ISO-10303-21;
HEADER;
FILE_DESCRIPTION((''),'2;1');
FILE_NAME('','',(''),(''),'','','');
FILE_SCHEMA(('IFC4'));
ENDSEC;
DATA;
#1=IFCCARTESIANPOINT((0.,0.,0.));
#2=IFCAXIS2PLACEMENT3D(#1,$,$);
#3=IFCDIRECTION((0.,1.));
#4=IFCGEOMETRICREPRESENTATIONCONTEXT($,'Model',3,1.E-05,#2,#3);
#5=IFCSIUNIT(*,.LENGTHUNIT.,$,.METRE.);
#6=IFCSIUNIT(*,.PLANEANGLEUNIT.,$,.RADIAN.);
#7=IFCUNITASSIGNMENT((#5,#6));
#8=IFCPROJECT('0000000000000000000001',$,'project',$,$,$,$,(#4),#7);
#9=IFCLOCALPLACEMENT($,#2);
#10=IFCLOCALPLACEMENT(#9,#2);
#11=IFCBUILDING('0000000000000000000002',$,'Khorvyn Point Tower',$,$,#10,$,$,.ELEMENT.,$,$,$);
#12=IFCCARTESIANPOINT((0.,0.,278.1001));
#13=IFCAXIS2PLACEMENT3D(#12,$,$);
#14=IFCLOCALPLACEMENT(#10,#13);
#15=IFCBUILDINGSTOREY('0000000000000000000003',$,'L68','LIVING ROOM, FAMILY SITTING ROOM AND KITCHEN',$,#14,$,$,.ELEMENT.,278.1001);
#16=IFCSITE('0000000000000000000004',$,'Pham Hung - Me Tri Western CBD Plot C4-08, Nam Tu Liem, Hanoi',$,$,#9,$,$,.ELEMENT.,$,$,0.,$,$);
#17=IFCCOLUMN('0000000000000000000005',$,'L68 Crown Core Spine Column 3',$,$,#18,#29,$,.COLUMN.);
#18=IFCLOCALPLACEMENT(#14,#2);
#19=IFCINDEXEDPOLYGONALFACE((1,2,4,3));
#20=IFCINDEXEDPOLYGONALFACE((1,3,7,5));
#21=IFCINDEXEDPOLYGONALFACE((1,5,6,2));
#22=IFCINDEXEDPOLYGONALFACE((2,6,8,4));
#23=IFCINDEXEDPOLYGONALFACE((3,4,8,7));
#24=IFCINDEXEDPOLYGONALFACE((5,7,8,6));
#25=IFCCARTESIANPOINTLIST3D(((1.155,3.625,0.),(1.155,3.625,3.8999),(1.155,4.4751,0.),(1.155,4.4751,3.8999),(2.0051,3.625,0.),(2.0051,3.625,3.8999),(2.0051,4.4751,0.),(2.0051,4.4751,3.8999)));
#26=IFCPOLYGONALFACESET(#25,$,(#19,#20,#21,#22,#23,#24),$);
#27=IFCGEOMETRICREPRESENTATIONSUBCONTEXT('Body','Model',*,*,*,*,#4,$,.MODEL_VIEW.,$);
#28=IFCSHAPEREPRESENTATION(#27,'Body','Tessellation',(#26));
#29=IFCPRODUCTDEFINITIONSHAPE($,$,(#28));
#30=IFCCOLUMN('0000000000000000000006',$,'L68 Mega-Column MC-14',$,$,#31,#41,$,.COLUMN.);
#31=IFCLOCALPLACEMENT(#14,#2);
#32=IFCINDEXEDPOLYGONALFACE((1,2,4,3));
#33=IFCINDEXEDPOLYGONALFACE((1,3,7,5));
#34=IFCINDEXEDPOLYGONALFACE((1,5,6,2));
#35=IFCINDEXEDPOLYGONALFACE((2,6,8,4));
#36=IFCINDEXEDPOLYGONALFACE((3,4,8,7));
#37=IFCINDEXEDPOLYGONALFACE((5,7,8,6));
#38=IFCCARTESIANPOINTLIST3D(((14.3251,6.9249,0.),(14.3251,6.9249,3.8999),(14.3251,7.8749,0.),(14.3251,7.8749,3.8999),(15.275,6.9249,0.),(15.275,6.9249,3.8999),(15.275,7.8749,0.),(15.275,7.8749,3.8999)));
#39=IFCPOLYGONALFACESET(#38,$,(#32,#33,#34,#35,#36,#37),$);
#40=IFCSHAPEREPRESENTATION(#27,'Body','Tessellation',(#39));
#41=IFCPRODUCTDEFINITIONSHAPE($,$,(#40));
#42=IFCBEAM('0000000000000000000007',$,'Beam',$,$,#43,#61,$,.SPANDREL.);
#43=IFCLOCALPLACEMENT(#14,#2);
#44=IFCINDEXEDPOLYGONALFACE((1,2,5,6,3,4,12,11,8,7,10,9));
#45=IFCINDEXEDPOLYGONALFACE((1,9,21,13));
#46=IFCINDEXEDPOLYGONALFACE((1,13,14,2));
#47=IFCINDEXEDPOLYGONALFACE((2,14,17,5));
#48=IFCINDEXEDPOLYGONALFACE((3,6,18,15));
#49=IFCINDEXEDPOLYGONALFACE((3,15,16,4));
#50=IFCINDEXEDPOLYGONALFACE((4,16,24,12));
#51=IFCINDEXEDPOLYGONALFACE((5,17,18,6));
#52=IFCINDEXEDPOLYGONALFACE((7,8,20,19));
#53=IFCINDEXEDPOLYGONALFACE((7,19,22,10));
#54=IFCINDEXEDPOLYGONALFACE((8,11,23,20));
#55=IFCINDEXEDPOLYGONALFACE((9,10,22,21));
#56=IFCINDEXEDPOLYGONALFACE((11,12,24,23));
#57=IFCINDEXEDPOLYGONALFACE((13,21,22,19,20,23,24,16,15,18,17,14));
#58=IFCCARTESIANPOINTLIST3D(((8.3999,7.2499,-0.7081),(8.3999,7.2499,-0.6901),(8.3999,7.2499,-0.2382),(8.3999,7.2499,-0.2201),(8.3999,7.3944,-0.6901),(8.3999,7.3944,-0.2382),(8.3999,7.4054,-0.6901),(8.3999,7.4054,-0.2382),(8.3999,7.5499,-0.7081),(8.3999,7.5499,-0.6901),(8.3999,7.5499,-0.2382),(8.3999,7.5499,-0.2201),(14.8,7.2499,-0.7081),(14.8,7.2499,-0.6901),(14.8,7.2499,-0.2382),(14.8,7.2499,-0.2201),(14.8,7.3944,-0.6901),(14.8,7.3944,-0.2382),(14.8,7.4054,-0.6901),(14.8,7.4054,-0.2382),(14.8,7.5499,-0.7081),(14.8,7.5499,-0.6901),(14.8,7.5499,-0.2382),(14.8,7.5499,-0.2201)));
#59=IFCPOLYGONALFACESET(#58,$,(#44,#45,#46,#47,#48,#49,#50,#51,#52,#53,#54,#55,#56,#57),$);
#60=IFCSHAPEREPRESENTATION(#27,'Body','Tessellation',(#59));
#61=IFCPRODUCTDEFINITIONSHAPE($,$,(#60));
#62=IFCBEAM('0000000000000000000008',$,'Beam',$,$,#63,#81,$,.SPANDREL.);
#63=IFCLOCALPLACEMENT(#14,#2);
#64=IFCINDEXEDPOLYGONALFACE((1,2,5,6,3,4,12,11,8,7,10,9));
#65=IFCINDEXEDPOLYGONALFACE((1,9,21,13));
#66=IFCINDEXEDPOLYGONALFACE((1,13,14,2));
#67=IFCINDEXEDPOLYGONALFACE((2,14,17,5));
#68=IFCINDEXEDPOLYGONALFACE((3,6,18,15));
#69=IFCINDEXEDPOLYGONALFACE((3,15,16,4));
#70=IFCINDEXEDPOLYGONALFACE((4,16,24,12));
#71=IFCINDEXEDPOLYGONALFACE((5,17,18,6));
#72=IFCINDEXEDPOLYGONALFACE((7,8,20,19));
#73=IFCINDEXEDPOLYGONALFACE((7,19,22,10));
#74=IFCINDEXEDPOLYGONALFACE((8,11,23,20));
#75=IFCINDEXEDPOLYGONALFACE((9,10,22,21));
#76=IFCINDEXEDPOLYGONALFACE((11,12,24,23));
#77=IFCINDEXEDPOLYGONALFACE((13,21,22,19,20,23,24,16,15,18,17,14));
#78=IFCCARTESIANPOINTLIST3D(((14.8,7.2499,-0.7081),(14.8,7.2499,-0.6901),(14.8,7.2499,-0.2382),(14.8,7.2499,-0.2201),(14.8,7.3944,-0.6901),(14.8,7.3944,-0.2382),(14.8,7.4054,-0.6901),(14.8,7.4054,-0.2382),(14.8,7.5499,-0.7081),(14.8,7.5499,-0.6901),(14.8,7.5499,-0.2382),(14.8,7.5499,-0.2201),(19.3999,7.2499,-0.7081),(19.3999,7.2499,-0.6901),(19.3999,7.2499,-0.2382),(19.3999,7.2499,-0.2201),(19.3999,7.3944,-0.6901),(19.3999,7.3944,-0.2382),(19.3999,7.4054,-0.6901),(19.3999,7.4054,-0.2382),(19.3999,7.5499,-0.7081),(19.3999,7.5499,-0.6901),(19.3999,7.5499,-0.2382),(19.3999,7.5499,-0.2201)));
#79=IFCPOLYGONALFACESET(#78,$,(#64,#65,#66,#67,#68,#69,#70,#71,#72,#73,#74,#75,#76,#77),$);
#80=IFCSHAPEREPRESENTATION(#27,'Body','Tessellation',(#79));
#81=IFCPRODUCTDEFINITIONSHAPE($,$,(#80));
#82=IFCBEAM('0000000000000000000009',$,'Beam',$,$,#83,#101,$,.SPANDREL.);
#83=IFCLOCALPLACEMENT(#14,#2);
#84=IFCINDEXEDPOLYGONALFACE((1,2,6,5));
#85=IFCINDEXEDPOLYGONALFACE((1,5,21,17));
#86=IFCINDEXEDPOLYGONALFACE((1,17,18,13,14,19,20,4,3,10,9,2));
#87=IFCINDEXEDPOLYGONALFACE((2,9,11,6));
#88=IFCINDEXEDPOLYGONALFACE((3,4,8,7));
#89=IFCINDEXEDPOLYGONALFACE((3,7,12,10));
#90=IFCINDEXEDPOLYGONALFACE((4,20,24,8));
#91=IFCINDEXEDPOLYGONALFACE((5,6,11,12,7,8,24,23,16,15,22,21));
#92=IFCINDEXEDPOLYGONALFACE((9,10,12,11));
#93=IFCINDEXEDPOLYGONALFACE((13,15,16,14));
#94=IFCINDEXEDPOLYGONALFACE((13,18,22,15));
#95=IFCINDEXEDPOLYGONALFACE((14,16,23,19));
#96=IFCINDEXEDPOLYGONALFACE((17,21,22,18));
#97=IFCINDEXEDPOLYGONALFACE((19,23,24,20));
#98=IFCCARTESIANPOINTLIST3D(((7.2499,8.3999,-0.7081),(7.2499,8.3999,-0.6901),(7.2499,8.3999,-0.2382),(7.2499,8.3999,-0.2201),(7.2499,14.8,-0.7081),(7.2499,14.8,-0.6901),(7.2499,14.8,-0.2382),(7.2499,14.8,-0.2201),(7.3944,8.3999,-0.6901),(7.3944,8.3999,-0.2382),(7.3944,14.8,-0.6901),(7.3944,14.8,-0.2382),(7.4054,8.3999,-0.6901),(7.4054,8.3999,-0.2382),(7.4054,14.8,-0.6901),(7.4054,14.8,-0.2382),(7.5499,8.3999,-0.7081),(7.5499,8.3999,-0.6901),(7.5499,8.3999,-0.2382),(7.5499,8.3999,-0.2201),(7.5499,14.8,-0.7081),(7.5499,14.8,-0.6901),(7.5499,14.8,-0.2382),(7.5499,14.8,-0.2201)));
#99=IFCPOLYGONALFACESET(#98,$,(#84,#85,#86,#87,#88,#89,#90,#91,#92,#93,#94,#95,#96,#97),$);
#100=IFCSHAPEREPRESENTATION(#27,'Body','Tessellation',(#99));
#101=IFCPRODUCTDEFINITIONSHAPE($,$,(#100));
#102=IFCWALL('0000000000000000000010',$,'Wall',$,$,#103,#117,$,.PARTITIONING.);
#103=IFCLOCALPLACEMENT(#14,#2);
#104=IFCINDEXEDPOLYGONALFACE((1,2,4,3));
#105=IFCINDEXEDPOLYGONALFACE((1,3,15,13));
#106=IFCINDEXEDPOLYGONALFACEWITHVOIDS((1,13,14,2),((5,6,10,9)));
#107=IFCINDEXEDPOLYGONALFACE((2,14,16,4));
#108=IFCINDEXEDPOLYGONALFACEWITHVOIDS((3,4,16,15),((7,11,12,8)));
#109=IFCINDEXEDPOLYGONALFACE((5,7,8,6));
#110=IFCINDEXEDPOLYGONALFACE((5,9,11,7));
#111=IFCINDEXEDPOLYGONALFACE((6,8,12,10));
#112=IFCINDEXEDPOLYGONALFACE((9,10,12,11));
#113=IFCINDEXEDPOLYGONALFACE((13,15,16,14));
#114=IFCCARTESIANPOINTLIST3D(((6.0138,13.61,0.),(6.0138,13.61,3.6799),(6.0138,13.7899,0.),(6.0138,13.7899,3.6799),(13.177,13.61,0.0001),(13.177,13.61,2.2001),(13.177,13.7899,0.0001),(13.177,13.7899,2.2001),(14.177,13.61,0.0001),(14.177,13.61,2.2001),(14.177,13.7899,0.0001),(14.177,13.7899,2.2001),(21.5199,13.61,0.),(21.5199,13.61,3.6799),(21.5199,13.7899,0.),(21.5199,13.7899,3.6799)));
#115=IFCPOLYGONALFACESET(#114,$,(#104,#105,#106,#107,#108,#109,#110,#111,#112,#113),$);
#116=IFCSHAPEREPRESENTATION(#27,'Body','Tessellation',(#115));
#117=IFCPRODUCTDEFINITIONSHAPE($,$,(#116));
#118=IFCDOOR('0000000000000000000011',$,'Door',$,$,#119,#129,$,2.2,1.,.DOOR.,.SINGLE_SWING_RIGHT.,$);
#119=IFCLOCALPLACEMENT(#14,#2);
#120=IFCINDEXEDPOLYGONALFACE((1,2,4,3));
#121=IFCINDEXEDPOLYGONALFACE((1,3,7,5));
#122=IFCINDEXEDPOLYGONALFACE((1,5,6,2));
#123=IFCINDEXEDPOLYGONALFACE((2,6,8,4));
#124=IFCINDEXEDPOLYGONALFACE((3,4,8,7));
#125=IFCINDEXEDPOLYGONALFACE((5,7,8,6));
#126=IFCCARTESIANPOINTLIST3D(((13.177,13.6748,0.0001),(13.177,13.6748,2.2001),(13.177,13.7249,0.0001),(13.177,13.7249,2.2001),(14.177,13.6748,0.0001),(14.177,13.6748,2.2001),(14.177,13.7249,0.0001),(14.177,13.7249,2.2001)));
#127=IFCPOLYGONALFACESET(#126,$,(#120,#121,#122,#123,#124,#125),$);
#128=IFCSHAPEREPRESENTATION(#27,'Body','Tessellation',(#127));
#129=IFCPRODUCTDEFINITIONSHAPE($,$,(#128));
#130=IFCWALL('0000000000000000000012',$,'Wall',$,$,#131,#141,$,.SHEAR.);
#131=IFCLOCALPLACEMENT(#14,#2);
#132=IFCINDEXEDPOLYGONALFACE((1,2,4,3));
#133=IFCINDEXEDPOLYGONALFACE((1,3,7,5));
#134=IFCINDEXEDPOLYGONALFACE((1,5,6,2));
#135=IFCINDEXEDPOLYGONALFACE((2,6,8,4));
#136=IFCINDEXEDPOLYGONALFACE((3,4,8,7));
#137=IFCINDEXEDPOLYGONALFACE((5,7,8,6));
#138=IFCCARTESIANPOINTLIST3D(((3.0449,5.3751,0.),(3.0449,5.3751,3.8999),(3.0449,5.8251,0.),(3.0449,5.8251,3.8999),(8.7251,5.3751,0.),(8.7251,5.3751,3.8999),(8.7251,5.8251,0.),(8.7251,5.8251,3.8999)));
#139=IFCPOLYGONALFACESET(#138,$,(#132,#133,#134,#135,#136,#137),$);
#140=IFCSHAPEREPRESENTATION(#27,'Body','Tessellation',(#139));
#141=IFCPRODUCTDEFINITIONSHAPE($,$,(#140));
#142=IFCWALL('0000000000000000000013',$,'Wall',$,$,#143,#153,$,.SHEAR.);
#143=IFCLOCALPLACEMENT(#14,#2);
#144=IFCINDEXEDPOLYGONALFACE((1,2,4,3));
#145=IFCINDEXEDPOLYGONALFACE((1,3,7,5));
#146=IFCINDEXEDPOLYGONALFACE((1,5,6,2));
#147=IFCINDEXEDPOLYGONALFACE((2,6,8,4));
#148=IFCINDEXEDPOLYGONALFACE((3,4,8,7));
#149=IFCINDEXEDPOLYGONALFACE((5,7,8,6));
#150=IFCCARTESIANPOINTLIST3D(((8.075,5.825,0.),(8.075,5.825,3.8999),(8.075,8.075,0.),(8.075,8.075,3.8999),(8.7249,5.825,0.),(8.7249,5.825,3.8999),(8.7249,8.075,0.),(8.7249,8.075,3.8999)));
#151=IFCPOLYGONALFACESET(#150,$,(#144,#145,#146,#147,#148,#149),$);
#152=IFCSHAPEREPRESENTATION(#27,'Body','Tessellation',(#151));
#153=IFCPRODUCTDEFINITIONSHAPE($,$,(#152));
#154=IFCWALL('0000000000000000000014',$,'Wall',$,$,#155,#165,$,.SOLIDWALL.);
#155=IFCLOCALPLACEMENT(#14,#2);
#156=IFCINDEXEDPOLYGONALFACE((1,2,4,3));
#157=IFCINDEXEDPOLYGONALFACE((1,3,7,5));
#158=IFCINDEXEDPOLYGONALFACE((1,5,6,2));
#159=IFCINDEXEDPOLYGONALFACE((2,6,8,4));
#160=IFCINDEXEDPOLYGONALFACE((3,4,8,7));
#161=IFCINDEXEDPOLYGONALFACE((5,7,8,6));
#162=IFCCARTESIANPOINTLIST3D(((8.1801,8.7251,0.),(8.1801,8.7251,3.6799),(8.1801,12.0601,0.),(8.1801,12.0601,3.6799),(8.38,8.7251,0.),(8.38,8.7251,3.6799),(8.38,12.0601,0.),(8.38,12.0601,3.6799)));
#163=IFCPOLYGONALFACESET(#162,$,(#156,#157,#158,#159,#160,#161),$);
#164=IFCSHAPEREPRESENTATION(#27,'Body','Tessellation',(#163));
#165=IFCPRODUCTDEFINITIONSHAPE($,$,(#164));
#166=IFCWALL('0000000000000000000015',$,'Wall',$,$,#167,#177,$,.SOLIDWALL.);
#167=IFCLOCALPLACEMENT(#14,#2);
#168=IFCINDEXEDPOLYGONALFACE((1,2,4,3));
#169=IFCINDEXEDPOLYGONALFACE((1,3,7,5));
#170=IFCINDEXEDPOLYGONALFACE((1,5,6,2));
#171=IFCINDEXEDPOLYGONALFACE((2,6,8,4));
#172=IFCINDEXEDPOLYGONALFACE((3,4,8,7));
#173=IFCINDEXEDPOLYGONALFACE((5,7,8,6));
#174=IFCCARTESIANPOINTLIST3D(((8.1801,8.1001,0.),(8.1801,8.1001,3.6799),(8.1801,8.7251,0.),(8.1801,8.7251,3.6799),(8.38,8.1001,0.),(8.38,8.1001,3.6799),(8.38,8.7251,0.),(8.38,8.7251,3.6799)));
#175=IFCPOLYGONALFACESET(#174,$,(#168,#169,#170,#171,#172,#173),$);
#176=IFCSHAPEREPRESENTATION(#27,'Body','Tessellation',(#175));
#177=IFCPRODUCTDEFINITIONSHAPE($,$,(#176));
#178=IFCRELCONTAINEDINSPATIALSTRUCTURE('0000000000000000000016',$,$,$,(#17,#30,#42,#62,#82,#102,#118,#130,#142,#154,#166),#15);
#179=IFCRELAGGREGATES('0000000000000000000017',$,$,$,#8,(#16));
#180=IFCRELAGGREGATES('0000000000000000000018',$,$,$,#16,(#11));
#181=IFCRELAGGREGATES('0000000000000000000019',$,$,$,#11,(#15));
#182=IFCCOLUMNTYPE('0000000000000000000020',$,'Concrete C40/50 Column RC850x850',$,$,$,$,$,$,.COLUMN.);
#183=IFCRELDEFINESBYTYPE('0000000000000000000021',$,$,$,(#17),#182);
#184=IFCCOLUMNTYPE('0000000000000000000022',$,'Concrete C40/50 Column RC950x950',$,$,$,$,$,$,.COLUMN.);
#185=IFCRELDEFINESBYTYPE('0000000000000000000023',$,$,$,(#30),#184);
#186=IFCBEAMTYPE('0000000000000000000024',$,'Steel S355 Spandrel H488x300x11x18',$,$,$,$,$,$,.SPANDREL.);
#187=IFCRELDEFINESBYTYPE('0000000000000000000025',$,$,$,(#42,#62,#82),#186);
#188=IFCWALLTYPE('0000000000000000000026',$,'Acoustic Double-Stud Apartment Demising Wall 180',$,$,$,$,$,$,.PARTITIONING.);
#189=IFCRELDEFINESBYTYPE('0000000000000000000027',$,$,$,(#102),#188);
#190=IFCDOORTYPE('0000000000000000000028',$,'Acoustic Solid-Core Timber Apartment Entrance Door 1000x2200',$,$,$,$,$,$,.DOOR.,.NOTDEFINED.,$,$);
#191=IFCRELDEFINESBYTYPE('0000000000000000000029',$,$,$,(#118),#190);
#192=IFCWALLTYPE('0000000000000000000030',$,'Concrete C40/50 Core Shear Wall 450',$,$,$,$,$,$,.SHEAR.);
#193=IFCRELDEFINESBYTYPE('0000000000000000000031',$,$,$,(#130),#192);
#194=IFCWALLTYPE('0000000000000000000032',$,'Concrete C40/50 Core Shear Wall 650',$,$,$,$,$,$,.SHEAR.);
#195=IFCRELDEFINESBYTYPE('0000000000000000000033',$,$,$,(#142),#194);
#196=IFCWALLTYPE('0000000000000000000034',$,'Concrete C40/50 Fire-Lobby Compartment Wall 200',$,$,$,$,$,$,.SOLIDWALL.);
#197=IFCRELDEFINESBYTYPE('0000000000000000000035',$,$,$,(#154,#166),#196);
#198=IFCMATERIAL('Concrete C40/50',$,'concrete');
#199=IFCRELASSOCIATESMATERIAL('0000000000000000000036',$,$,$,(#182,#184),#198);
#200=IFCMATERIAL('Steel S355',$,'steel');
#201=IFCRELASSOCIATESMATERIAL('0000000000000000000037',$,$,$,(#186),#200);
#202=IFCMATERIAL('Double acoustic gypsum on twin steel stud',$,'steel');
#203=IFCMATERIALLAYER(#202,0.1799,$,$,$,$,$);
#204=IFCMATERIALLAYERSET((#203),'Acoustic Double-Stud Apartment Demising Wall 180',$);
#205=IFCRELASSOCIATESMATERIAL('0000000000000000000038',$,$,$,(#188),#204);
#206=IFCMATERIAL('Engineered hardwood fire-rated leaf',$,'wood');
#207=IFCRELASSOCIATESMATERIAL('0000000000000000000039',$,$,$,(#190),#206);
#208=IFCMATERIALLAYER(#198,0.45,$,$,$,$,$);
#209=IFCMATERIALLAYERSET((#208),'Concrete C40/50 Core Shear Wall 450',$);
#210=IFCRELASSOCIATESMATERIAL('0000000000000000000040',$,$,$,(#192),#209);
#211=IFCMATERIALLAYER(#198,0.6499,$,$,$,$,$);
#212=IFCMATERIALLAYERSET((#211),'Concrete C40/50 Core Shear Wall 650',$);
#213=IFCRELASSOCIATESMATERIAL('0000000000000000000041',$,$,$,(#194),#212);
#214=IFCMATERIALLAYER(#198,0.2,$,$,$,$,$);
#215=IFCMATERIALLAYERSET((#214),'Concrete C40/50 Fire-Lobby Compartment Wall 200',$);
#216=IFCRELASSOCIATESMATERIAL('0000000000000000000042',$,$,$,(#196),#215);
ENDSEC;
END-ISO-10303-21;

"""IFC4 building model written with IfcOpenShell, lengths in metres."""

from ifc_helpers import new_model, si_unit, direction, frame, frame_2d, origin, origin_2d, place, context, subcontext, project, spatial, rectangle, i_section, extrude, material, layer, layer_set, material_profile, profile_set, type_object, element, fill, save


model = new_model("IFC4")

# Units and contexts
model_context = context("Model", 3, precision=1e-05, world=origin(), true_north=direction((0.0, 1.0)))
body_context = subcontext(model_context, "Body", "Model", "MODEL_VIEW")
ifc_project = project(units=[si_unit("LENGTHUNIT", "METRE"), si_unit("PLANEANGLEUNIT", "RADIAN")], contexts=[model_context])

# Site, building, storey
site_placement = place(None, origin())
site = spatial("IfcSite", under=ifc_project, at=site_placement, Name="Pham Hung - Me Tri Western CBD Plot C4-08, Nam Tu Liem, Hanoi", CompositionType="ELEMENT", RefElevation=0.0)
building_placement = place(site_placement, origin())
building = spatial("IfcBuilding", under=site, at=building_placement, Name="Khorvyn Point Tower", CompositionType="ELEMENT")
storey_placement = place(building_placement, frame((0.0, 0.0, 278.1001)))
storey = spatial("IfcBuildingStorey", under=building, at=storey_placement, Name="L68", Description="LIVING ROOM, FAMILY SITTING ROOM AND KITCHEN", CompositionType="ELEMENT", Elevation=278.1001)

# Columns
ifc_material_1 = material(Name="Concrete C40/50", Category="concrete")
ifc_material_profile_1 = material_profile(ifc_material_1, rectangle(XDim=0.8501, YDim=0.8501, at=origin_2d()))
ifc_profile_set_1 = profile_set([ifc_material_profile_1], Name="Concrete C40/50 RC850x850")
column_type_1 = type_object("IfcColumnType", Name="Concrete C40/50 Column RC850x850", PredefinedType="COLUMN", material=ifc_profile_set_1)
column_1_placement = place(storey_placement, frame((1.5801, 4.05, 0.0), z_axis=(0.0, 0.0, 1.0), x_axis=(1.0, 0.0, 0.0)))
element("IfcColumn", 1, at=column_1_placement, inside=storey, type_object=column_type_1, Name="L68 Crown Core Spine Column 3", PredefinedType="COLUMN", context=body_context, shape_type="SweptSolid", body=[
    extrude(rectangle(XDim=0.8501, YDim=0.8501, at=origin_2d()), origin(), (0.0, 0.0, 1.0), 3.8999),
])
ifc_material_profile_2 = material_profile(ifc_material_1, rectangle(XDim=0.95, YDim=0.95, at=origin_2d()))
ifc_profile_set_2 = profile_set([ifc_material_profile_2], Name="Concrete C40/50 RC950x950")
column_type_2 = type_object("IfcColumnType", Name="Concrete C40/50 Column RC950x950", PredefinedType="COLUMN", material=ifc_profile_set_2)
column_2_placement = place(storey_placement, frame((14.8, 7.3999, 0.0), z_axis=(0.0, 0.0, 1.0), x_axis=(1.0, 0.0, 0.0)))
element("IfcColumn", 2, at=column_2_placement, inside=storey, type_object=column_type_2, Name="L68 Mega-Column MC-14", PredefinedType="COLUMN", context=body_context, shape_type="SweptSolid", body=[
    extrude(rectangle(XDim=0.95, YDim=0.95, at=origin_2d()), origin(), (0.0, 0.0, 1.0), 3.8999),
])

# Beams
ifc_material_2 = material(Name="Steel S355", Category="steel")
ifc_material_profile_3 = material_profile(ifc_material_2, i_section(OverallWidth=0.3, OverallDepth=0.488, WebThickness=0.011, FlangeThickness=0.0181, at=origin_2d()))
ifc_profile_set_3 = profile_set([ifc_material_profile_3], Name="Steel S355 H488x300x11x18")
beam_type = type_object("IfcBeamType", Name="Steel S355 Spandrel H488x300x11x18", PredefinedType="SPANDREL", material=ifc_profile_set_3)
beam_1_placement = place(storey_placement, frame((8.3999, 7.3999, -0.4641), z_axis=(1.0, 0.0, 0.0), x_axis=(0.0, 1.0, 0.0)))
element("IfcBeam", 3, at=beam_1_placement, inside=storey, type_object=beam_type, Name="Beam", PredefinedType="SPANDREL", context=body_context, shape_type="SweptSolid", body=[
    extrude(i_section(OverallWidth=0.3, OverallDepth=0.488, WebThickness=0.011, FlangeThickness=0.0181, at=origin_2d()), origin(), (0.0, 0.0, 1.0), 6.4001),
])
beam_2_placement = place(storey_placement, frame((14.8, 7.3999, -0.4641), z_axis=(1.0, 0.0, 0.0), x_axis=(0.0, 1.0, 0.0)))
element("IfcBeam", 4, at=beam_2_placement, inside=storey, type_object=beam_type, Name="Beam", PredefinedType="SPANDREL", context=body_context, shape_type="SweptSolid", body=[
    extrude(i_section(OverallWidth=0.3, OverallDepth=0.488, WebThickness=0.011, FlangeThickness=0.0181, at=origin_2d()), origin(), (0.0, 0.0, 1.0), 4.5999),
])
beam_3_placement = place(storey_placement, frame((7.3999, 8.3999, -0.4641), z_axis=(0.0, 1.0, 0.0), x_axis=(-1.0, 0.0, 0.0)))
element("IfcBeam", 5, at=beam_3_placement, inside=storey, type_object=beam_type, Name="Beam", PredefinedType="SPANDREL", context=body_context, shape_type="SweptSolid", body=[
    extrude(i_section(OverallWidth=0.3, OverallDepth=0.488, WebThickness=0.011, FlangeThickness=0.0181, at=origin_2d()), origin(), (0.0, 0.0, 1.0), 6.4001),
])

# Wall, opening, door
ifc_material_3 = material(Name="Double acoustic gypsum on twin steel stud", Category="steel")
ifc_layer_1 = layer(ifc_material_3, 0.1799)
ifc_layer_set_1 = layer_set([ifc_layer_1], Name="Acoustic Double-Stud Apartment Demising Wall 180")
wall_type_1 = type_object("IfcWallType", Name="Acoustic Double-Stud Apartment Demising Wall 180", PredefinedType="PARTITIONING", material=ifc_layer_set_1)
wall_1_placement = place(storey_placement, frame((6.0139, 13.7, 0.0), z_axis=(0.0, 0.0, 1.0), x_axis=(1.0, 0.0, 0.0)))
wall_1 = element("IfcWall", 6, at=wall_1_placement, inside=storey, type_object=wall_type_1, Name="Wall", PredefinedType="PARTITIONING", context=body_context, shape_type="SweptSolid", body=[
    extrude(rectangle(XDim=15.5061, YDim=0.1799, at=frame_2d((7.7529, 0.0))), origin(), (0.0, 0.0, 1.0), 3.6799),
])
opening_1_placement = place(wall_1_placement, frame((7.1631, 0.0, 0.0)))
opening_1 = element("IfcOpeningElement", 7, at=opening_1_placement, cuts=wall_1, PredefinedType="OPENING", context=body_context, shape_type="SweptSolid", body=[
    extrude(rectangle(XDim=1.0, YDim=2.2, at=frame_2d((0.5, 1.1001))), frame((0.0, 0.0999, 0.0), z_axis=(0.0, -1.0, 0.0), x_axis=(1.0, 0.0, 0.0)), (0.0, 0.0, 1.0), 0.2),
])
ifc_material_4 = material(Name="Engineered hardwood fire-rated leaf", Category="wood")
door_type_1 = type_object("IfcDoorType", Name="Acoustic Solid-Core Timber Apartment Entrance Door 1000x2200", OperationType="NOTDEFINED", PredefinedType="DOOR", material=ifc_material_4)
door_1_placement = place(opening_1_placement, origin())
door_1 = element("IfcDoor", 8, at=door_1_placement, inside=storey, type_object=door_type_1, Name="Door", OperationType="SINGLE_SWING_RIGHT", OverallHeight=2.2, OverallWidth=1.0, PredefinedType="DOOR", context=body_context, shape_type="SweptSolid", body=[
    extrude(rectangle(XDim=1.0, YDim=2.2, at=frame_2d((0.5, 1.1001))), frame((0.0, 0.0249, 0.0), z_axis=(0.0, -1.0, 0.0), x_axis=(1.0, 0.0, 0.0)), (0.0, 0.0, 1.0), 0.05),
])
fill(opening_1, door_1)

# Walls
ifc_layer_2 = layer(ifc_material_1, 0.45)
ifc_layer_set_2 = layer_set([ifc_layer_2], Name="Concrete C40/50 Core Shear Wall 450")
wall_type_2 = type_object("IfcWallType", Name="Concrete C40/50 Core Shear Wall 450", PredefinedType="SHEAR", material=ifc_layer_set_2)
wall_2_placement = place(storey_placement, frame((3.0449, 5.6001, 0.0), z_axis=(0.0, 0.0, 1.0), x_axis=(1.0, 0.0, 0.0)))
element("IfcWall", 9, at=wall_2_placement, inside=storey, type_object=wall_type_2, Name="Wall", PredefinedType="SHEAR", context=body_context, shape_type="SweptSolid", body=[
    extrude(rectangle(XDim=5.6802, YDim=0.45, at=frame_2d((2.8401, 0.0))), origin(), (0.0, 0.0, 1.0), 3.8999),
])
ifc_layer_3 = layer(ifc_material_1, 0.6499)
ifc_layer_set_3 = layer_set([ifc_layer_3], Name="Concrete C40/50 Core Shear Wall 650")
wall_type_3 = type_object("IfcWallType", Name="Concrete C40/50 Core Shear Wall 650", PredefinedType="SHEAR", material=ifc_layer_set_3)
wall_3_placement = place(storey_placement, frame((8.3999, 5.825, 0.0), z_axis=(0.0, 0.0, 1.0), x_axis=(0.0, 1.0, 0.0)))
element("IfcWall", 10, at=wall_3_placement, inside=storey, type_object=wall_type_3, Name="Wall", PredefinedType="SHEAR", context=body_context, shape_type="SweptSolid", body=[
    extrude(rectangle(XDim=2.25, YDim=0.6499, at=frame_2d((1.125, 0.0))), origin(), (0.0, 0.0, 1.0), 3.8999),
])

# Shared definitions
ifc_layer_4 = layer(ifc_material_1, 0.2)
ifc_layer_set_4 = layer_set([ifc_layer_4], Name="Concrete C40/50 Fire-Lobby Compartment Wall 200")
wall_type_4 = type_object("IfcWallType", Name="Concrete C40/50 Fire-Lobby Compartment Wall 200", PredefinedType="SOLIDWALL", material=ifc_layer_set_4)

# Walls
wall_4_placement = place(storey_placement, frame((8.28, 8.7251, 0.0), z_axis=(0.0, 0.0, 1.0), x_axis=(0.0, 1.0, 0.0)))
element("IfcWall", 11, at=wall_4_placement, inside=storey, type_object=wall_type_4, Name="Wall", PredefinedType="SOLIDWALL", context=body_context, shape_type="SweptSolid", body=[
    extrude(rectangle(XDim=3.335, YDim=0.2, at=frame_2d((1.6675, 0.0))), origin(), (0.0, 0.0, 1.0), 3.6799),
])
wall_5_placement = place(storey_placement, frame((8.28, 8.1001, 0.0), z_axis=(0.0, 0.0, 1.0), x_axis=(0.0, 1.0, 0.0)))
element("IfcWall", 12, at=wall_5_placement, inside=storey, type_object=wall_type_4, Name="Wall", PredefinedType="SOLIDWALL", context=body_context, shape_type="SweptSolid", body=[
    extrude(rectangle(XDim=0.625, YDim=0.2, at=frame_2d((0.3125, 0.0))), origin(), (0.0, 0.0, 1.0), 3.6799),
])

save(model, "model.ifc")
